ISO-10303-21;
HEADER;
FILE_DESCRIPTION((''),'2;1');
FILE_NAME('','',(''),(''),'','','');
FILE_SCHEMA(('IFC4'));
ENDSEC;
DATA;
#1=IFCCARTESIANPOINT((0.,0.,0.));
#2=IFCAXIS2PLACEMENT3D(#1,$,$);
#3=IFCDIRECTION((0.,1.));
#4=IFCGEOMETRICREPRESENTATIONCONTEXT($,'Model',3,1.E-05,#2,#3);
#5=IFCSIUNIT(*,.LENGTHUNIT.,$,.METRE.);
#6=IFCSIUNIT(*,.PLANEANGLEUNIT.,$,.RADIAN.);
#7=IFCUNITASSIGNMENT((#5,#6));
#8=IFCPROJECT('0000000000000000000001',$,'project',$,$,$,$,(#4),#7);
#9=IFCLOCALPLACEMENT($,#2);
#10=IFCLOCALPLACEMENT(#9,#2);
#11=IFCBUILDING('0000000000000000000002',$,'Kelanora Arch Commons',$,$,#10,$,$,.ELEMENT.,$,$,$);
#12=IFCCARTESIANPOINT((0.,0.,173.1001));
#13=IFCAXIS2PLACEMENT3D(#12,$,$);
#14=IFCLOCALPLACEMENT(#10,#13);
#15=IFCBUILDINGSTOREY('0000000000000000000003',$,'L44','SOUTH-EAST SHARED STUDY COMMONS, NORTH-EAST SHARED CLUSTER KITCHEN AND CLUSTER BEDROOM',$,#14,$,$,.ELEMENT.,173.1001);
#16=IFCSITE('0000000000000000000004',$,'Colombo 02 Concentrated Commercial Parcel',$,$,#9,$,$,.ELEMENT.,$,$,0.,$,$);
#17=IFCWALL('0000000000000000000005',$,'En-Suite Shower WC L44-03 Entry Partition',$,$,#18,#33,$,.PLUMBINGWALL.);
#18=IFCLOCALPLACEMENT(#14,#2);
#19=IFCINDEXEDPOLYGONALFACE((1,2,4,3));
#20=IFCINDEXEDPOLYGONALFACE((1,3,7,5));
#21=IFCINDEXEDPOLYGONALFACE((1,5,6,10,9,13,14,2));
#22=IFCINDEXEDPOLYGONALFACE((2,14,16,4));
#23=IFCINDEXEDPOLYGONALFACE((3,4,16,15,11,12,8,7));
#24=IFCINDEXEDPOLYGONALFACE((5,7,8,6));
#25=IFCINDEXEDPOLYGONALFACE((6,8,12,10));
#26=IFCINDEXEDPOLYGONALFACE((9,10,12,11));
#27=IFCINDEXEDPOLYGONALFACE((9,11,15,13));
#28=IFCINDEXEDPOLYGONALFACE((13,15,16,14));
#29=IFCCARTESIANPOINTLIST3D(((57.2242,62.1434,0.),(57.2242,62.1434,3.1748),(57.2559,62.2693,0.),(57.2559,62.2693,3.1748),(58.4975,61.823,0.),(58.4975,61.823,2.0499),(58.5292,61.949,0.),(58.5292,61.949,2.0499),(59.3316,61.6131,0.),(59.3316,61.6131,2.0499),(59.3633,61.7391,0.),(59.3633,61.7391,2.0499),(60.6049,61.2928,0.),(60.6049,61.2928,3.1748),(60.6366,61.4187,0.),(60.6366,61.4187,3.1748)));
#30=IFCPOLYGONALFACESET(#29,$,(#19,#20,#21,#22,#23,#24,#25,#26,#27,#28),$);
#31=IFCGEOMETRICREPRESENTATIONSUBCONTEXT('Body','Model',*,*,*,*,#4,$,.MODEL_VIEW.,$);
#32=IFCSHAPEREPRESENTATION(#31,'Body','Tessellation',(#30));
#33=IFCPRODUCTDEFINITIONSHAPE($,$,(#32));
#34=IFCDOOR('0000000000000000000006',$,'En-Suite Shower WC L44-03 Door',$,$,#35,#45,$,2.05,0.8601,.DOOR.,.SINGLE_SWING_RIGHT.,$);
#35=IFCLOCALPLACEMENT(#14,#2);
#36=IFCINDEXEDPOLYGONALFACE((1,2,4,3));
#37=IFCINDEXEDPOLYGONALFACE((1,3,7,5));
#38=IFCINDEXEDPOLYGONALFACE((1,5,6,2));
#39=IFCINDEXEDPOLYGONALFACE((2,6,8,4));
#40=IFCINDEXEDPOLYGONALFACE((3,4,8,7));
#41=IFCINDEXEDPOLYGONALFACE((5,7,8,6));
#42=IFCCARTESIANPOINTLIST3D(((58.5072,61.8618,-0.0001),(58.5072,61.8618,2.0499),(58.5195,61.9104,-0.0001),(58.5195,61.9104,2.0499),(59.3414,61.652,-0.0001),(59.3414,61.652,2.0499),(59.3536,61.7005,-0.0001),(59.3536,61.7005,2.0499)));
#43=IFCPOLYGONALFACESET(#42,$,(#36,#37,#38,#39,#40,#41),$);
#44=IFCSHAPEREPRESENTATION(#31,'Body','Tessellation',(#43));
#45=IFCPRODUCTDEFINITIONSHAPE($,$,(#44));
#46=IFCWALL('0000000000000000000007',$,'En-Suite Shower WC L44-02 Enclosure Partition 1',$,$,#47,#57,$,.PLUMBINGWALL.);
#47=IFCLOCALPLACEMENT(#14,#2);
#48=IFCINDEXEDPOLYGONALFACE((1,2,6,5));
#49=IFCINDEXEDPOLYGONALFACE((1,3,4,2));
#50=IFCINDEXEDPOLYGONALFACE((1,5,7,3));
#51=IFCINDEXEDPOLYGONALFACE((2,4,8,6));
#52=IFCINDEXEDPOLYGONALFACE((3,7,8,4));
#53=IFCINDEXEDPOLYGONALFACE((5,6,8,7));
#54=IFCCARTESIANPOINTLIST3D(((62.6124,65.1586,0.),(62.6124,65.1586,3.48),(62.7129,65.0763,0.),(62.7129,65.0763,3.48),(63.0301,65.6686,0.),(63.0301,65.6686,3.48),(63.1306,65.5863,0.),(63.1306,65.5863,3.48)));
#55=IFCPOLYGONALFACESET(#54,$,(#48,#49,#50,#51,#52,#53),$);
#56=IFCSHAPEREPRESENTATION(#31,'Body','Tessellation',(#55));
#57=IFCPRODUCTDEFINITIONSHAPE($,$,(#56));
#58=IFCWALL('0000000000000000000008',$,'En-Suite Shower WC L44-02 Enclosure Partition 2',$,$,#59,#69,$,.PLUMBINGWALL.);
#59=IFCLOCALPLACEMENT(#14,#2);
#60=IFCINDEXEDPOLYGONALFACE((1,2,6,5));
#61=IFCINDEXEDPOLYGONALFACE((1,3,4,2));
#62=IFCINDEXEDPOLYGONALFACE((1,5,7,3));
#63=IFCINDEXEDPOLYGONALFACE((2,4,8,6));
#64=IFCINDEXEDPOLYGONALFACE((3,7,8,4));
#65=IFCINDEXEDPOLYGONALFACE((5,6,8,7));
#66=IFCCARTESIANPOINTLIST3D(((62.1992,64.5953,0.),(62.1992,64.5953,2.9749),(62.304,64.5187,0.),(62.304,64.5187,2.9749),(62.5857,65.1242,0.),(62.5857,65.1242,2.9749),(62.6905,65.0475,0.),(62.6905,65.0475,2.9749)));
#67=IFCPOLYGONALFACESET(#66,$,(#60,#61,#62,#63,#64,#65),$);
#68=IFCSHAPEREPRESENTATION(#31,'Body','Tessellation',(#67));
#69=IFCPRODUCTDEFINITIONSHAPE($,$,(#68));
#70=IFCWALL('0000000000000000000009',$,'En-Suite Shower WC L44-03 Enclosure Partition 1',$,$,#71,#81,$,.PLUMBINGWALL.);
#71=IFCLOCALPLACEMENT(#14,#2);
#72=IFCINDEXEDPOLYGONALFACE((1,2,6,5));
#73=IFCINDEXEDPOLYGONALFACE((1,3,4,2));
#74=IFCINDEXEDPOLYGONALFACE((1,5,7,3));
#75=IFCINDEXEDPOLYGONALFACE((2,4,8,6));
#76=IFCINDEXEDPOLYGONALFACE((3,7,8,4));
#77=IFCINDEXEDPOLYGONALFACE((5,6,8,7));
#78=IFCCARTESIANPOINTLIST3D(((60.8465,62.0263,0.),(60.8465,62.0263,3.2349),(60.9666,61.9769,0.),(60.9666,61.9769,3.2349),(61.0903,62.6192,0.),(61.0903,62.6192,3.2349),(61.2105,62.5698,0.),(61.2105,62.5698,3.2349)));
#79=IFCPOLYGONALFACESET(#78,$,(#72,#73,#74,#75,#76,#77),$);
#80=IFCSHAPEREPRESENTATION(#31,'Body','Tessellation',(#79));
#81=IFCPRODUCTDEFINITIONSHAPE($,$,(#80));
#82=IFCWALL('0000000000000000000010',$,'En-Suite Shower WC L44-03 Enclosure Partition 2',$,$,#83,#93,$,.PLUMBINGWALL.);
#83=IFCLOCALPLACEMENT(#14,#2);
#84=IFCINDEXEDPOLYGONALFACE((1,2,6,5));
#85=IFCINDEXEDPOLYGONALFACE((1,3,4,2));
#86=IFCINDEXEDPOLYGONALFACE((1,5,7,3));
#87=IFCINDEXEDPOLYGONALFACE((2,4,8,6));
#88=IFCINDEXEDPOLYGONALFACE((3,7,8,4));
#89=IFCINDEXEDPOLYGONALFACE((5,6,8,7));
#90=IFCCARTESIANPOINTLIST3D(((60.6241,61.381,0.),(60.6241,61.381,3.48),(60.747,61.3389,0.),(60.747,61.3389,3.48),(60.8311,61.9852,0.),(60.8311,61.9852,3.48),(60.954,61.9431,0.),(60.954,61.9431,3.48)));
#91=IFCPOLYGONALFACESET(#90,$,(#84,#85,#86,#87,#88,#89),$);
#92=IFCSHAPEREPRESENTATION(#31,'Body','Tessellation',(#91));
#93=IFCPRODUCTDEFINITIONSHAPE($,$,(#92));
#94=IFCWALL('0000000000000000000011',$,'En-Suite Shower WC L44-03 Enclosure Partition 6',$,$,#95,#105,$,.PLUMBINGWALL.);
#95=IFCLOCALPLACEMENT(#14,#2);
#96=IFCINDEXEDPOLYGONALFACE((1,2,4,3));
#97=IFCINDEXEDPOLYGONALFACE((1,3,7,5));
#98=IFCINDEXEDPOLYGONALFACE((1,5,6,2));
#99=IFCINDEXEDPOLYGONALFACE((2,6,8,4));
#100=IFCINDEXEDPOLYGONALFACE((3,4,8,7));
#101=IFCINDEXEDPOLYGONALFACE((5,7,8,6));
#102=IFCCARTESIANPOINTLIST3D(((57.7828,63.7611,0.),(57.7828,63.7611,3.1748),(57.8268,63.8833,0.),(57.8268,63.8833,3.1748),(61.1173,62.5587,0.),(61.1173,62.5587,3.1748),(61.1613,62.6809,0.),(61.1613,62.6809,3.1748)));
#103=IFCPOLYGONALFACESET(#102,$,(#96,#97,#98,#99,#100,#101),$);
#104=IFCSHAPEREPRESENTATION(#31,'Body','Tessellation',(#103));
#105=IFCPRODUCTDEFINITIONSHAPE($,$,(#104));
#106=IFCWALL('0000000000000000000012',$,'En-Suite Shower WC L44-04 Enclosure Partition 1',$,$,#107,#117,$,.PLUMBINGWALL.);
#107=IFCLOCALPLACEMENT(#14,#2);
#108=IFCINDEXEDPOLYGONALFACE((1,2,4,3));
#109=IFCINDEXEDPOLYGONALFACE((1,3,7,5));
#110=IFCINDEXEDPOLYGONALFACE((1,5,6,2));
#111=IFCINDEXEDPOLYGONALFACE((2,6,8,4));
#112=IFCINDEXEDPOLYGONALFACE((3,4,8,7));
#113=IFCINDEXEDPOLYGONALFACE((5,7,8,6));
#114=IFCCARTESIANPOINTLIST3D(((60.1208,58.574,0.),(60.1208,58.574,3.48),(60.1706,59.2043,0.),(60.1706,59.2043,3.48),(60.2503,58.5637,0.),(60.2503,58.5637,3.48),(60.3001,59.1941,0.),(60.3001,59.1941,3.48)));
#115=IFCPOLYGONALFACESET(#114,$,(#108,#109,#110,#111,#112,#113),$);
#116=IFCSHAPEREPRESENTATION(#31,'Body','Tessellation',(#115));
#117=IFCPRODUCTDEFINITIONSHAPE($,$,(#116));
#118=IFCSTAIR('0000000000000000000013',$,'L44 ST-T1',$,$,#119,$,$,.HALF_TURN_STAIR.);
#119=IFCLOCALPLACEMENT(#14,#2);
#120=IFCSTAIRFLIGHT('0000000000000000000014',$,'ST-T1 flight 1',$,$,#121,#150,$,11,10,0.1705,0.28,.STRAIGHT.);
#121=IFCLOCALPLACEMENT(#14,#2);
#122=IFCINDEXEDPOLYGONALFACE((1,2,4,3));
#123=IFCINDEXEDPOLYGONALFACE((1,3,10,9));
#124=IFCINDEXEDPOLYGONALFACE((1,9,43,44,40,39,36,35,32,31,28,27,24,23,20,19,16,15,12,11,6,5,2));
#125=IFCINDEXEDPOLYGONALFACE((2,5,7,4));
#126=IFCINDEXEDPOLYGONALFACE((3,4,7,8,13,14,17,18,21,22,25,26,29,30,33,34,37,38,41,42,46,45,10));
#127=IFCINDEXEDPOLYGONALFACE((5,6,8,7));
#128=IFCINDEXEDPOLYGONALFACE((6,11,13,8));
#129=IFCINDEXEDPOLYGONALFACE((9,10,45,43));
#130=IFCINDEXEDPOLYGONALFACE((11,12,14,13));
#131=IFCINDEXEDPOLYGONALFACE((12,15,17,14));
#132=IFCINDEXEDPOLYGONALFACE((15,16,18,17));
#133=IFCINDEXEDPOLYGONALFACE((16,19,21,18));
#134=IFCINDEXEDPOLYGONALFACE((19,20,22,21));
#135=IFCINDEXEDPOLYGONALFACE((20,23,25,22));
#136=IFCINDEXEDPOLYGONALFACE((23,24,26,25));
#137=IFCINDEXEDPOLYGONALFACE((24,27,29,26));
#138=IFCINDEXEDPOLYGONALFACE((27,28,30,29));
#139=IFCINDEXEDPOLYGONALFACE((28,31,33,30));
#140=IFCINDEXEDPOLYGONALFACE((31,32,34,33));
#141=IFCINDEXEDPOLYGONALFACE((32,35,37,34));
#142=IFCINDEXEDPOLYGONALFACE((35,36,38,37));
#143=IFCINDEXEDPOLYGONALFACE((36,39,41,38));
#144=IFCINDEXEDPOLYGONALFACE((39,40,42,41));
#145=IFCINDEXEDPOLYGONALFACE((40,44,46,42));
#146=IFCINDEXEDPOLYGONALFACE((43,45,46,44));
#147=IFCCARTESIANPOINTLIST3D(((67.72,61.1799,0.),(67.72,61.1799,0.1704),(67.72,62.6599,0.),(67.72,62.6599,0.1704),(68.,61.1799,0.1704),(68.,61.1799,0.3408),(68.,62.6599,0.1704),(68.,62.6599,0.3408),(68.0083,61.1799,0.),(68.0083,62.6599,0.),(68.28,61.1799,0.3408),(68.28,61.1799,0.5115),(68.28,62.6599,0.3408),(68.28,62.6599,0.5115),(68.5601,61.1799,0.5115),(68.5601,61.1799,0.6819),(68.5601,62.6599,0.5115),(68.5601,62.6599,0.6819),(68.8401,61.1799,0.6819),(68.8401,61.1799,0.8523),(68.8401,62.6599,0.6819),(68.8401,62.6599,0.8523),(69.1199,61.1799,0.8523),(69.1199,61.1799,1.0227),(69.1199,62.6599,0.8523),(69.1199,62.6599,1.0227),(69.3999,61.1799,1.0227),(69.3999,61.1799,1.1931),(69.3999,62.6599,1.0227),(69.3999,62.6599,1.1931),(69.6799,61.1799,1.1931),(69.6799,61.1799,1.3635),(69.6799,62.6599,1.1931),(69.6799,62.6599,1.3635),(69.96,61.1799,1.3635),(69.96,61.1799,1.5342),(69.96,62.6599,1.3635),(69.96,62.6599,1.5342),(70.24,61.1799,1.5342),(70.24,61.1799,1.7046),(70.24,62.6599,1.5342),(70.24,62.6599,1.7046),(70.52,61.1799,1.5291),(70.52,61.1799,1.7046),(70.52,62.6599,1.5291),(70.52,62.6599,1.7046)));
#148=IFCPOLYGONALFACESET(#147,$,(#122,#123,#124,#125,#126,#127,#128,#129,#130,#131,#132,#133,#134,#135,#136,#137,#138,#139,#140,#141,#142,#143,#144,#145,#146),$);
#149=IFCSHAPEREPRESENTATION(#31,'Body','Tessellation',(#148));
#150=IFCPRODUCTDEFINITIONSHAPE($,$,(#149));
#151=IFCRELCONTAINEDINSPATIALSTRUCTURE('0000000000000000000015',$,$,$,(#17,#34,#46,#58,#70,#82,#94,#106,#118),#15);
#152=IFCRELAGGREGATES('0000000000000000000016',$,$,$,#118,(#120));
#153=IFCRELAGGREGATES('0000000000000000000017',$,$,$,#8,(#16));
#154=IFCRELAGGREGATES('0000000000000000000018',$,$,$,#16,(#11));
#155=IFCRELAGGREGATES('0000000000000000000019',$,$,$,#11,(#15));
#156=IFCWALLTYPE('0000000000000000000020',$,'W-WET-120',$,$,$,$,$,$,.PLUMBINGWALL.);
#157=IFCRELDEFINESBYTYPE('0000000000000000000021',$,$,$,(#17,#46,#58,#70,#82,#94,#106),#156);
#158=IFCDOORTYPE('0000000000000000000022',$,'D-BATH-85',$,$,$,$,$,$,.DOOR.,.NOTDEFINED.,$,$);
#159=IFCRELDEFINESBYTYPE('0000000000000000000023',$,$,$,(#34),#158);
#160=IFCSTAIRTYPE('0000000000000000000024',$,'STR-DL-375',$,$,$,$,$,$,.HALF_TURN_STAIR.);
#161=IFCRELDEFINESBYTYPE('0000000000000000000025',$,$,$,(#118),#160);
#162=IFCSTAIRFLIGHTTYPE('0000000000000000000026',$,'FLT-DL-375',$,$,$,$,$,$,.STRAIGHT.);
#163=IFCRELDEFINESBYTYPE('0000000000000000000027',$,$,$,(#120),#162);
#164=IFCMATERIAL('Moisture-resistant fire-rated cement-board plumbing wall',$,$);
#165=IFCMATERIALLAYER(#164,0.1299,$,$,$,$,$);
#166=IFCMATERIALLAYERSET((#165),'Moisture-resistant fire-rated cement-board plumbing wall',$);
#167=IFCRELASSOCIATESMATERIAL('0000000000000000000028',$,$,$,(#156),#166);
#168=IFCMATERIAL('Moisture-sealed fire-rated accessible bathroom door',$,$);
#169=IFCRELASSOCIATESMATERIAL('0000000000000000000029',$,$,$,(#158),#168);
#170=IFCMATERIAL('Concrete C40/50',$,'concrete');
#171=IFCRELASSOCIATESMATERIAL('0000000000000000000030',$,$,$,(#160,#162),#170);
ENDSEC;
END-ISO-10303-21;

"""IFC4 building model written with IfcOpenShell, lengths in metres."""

from ifc_helpers import new_model, si_unit, direction, frame, frame_2d, origin, place, context, subcontext, project, spatial, polyline, rectangle, outline, extrude, material, layer, layer_set, type_object, element, fill, aggregate, save


model = new_model("IFC4")

# Units and contexts
model_context = context("Model", 3, precision=1e-05, world=origin(), true_north=direction((0.0, 1.0)))
body_context = subcontext(model_context, "Body", "Model", "MODEL_VIEW")
ifc_project = project(units=[si_unit("LENGTHUNIT", "METRE"), si_unit("PLANEANGLEUNIT", "RADIAN")], contexts=[model_context])

# Site, building, storey
site_placement = place(None, origin())
site = spatial("IfcSite", under=ifc_project, at=site_placement, Name="Colombo 02 Concentrated Commercial Parcel", CompositionType="ELEMENT", RefElevation=0.0)
building_placement = place(site_placement, origin())
building = spatial("IfcBuilding", under=site, at=building_placement, Name="Kelanora Arch Commons", CompositionType="ELEMENT")
storey_placement = place(building_placement, frame((0.0, 0.0, 173.1001)))
storey = spatial("IfcBuildingStorey", under=building, at=storey_placement, Name="L44", Description="SOUTH-EAST SHARED STUDY COMMONS, NORTH-EAST SHARED CLUSTER KITCHEN AND CLUSTER BEDROOM", CompositionType="ELEMENT", Elevation=173.1001)

# Shared definitions
ifc_material_1 = material(Name="Concrete C40/50", Category="concrete")

# Wall, opening, door
ifc_material_2 = material(Name="Moisture-resistant fire-rated cement-board plumbing wall")
ifc_layer_1 = layer(ifc_material_2, 0.1299)
ifc_layer_set_1 = layer_set([ifc_layer_1], Name="Moisture-resistant fire-rated cement-board plumbing wall")
wall_type_1 = type_object("IfcWallType", Name="W-WET-120", PredefinedType="PLUMBINGWALL", material=ifc_layer_set_1)
ifc_material_3 = material(Name="Moisture-sealed fire-rated accessible bathroom door")
door_type_1 = type_object("IfcDoorType", Name="D-BATH-85", OperationType="NOTDEFINED", PredefinedType="DOOR", material=ifc_material_3)
wall_1_placement = place(storey_placement, frame((60.6208, 61.3557, 0.0), z_axis=(0.0, 0.0, 1.0), x_axis=(-0.969775, 0.244002, 0.0)))
wall_1 = element("IfcWall", 1, at=wall_1_placement, inside=storey, type_object=wall_type_1, Name="En-Suite Shower WC L44-03 Entry Partition", PredefinedType="PLUMBINGWALL", context=body_context, shape_type="SweptSolid", body=[
    extrude(rectangle(XDim=3.4861, YDim=0.1299, at=frame_2d((1.7432, 0.0))), origin(), (0.0, 0.0, 1.0), 3.1748),
])
opening_1_placement = place(wall_1_placement, frame((1.313, 0.0, 0.0)))
opening_1 = element("IfcOpeningElement", 2, at=opening_1_placement, cuts=wall_1, PredefinedType="OPENING", context=body_context, shape_type="SweptSolid", body=[
    extrude(rectangle(XDim=0.8601, YDim=2.05, at=frame_2d((0.4302, 1.0249))), frame((0.0, 0.075, 0.0), z_axis=(0.0, -1.0, 0.0), x_axis=(1.0, 0.0, 0.0)), (0.0, 0.0, 1.0), 0.1499),
])
door_1_placement = place(opening_1_placement, origin())
door_1 = element("IfcDoor", 3, at=door_1_placement, inside=storey, type_object=door_type_1, Name="En-Suite Shower WC L44-03 Door", OperationType="SINGLE_SWING_RIGHT", OverallHeight=2.05, OverallWidth=0.8601, PredefinedType="DOOR", context=body_context, shape_type="SweptSolid", body=[
    extrude(rectangle(XDim=0.8601, YDim=2.05, at=frame_2d((0.4302, 1.0249))), frame((0.0, 0.0249, 0.0), z_axis=(0.0, -1.0, 0.0), x_axis=(1.0, 0.0, 0.0)), (0.0, 0.0, 1.0), 0.05),
])
fill(opening_1, door_1)

# Walls
wall_2_placement = place(storey_placement, frame((63.0803, 65.6274, 0.0), z_axis=(0.0, 0.0, 1.0), x_axis=(-0.633641, -0.773627, 0.0)))
element("IfcWall", 4, at=wall_2_placement, inside=storey, type_object=wall_type_1, Name="En-Suite Shower WC L44-02 Enclosure Partition 1", PredefinedType="PLUMBINGWALL", context=body_context, shape_type="SweptSolid", body=[
    extrude(rectangle(XDim=0.6592, YDim=0.1299, at=frame_2d((0.3296, 0.0))), origin(), (0.0, 0.0, 1.0), 3.48),
])
wall_3_placement = place(storey_placement, frame((62.6382, 65.0859, 0.0), z_axis=(0.0, 0.0, 1.0), x_axis=(-0.590054, -0.807364, 0.0)))
element("IfcWall", 5, at=wall_3_placement, inside=storey, type_object=wall_type_1, Name="En-Suite Shower WC L44-02 Enclosure Partition 2", PredefinedType="PLUMBINGWALL", context=body_context, shape_type="SweptSolid", body=[
    extrude(rectangle(XDim=0.655, YDim=0.1299, at=frame_2d((0.3276, 0.0))), origin(), (0.0, 0.0, 1.0), 2.9749),
])
wall_4_placement = place(storey_placement, frame((61.1504, 62.5945, 0.0), z_axis=(0.0, 0.0, 1.0), x_axis=(-0.380367, -0.924836, 0.0)))
element("IfcWall", 6, at=wall_4_placement, inside=storey, type_object=wall_type_1, Name="En-Suite Shower WC L44-03 Enclosure Partition 1", PredefinedType="PLUMBINGWALL", context=body_context, shape_type="SweptSolid", body=[
    extrude(rectangle(XDim=0.6411, YDim=0.1299, at=frame_2d((0.3206, 0.0))), origin(), (0.0, 0.0, 1.0), 3.2349),
])
wall_5_placement = place(storey_placement, frame((60.8926, 61.9641, 0.0), z_axis=(0.0, 0.0, 1.0), x_axis=(-0.324129, -0.946013, 0.0)))
element("IfcWall", 7, at=wall_5_placement, inside=storey, type_object=wall_type_1, Name="En-Suite Shower WC L44-03 Enclosure Partition 2", PredefinedType="PLUMBINGWALL", context=body_context, shape_type="SweptSolid", body=[
    extrude(rectangle(XDim=0.6387, YDim=0.1299, at=frame_2d((0.3193, 0.0))), origin(), (0.0, 0.0, 1.0), 3.48),
])
wall_6_placement = place(storey_placement, frame((57.8047, 63.8223, 0.0), z_axis=(0.0, 0.0, 1.0), x_axis=(0.940709, -0.339215, 0.0)))
element("IfcWall", 8, at=wall_6_placement, inside=storey, type_object=wall_type_1, Name="En-Suite Shower WC L44-03 Enclosure Partition 6", PredefinedType="PLUMBINGWALL", context=body_context, shape_type="SweptSolid", body=[
    extrude(rectangle(XDim=3.5447, YDim=0.1299, at=frame_2d((1.7725, 0.0))), origin(), (0.0, 0.0, 1.0), 3.1748),
])
wall_7_placement = place(storey_placement, frame((60.2354, 59.1992, 0.0), z_axis=(0.0, 0.0, 1.0), x_axis=(-0.078763, -0.996893, 0.0)))
element("IfcWall", 9, at=wall_7_placement, inside=storey, type_object=wall_type_1, Name="En-Suite Shower WC L44-04 Enclosure Partition 1", PredefinedType="PLUMBINGWALL", context=body_context, shape_type="SweptSolid", body=[
    extrude(rectangle(XDim=0.6323, YDim=0.1299, at=frame_2d((0.3162, 0.0))), origin(), (0.0, 0.0, 1.0), 3.48),
])

# Stair, stair flight
stair_type = type_object("IfcStairType", Name="STR-DL-375", PredefinedType="HALF_TURN_STAIR", material=ifc_material_1)
stair_placement = place(storey_placement, origin())
stair = element("IfcStair", 10, at=stair_placement, inside=storey, type_object=stair_type, Name="L44 ST-T1", PredefinedType="HALF_TURN_STAIR")
stair_flight_type = type_object("IfcStairFlightType", Name="FLT-DL-375", PredefinedType="STRAIGHT", material=ifc_material_1)
stair_flight_placement = place(storey_placement, frame((67.72, 61.9199, 0.0), z_axis=(0.0, 0.0, 1.0), x_axis=(1.0, 0.0, 0.0)))
stair_flight = element("IfcStairFlight", 11, at=stair_flight_placement, type_object=stair_flight_type, Name="ST-T1 flight 1", NumberOfRisers=11, NumberOfTreads=10, PredefinedType="STRAIGHT", RiserHeight=0.1705, TreadLength=0.28, context=body_context, shape_type="SweptSolid", body=[
    extrude(outline(polyline([(0.0, 0.0), (0.0, 0.1704), (0.28, 0.1704), (0.28, 0.3408), (0.5601, 0.3408), (0.5601, 0.5115), (0.8401, 0.5115), (0.8401, 0.6819), (1.1201, 0.6819), (1.1201, 0.8523), (1.3999, 0.8523), (1.3999, 1.0227), (1.6799, 1.0227), (1.6799, 1.1931), (1.96, 1.1931), (1.96, 1.3635), (2.24, 1.3635), (2.24, 1.5342), (2.52, 1.5342), (2.52, 1.7046), (2.8, 1.7046), (2.8, 1.875), (2.8, 1.5291), (0.2883, 0.0), (0.0, 0.0)])), frame((0.0, 0.74, 0.0), z_axis=(0.0, -1.0, 0.0), x_axis=(1.0, 0.0, 0.0)), (0.0, 0.0, 1.0), 1.48),
])
aggregate(stair, [stair_flight])

save(model, "model.ifc")
